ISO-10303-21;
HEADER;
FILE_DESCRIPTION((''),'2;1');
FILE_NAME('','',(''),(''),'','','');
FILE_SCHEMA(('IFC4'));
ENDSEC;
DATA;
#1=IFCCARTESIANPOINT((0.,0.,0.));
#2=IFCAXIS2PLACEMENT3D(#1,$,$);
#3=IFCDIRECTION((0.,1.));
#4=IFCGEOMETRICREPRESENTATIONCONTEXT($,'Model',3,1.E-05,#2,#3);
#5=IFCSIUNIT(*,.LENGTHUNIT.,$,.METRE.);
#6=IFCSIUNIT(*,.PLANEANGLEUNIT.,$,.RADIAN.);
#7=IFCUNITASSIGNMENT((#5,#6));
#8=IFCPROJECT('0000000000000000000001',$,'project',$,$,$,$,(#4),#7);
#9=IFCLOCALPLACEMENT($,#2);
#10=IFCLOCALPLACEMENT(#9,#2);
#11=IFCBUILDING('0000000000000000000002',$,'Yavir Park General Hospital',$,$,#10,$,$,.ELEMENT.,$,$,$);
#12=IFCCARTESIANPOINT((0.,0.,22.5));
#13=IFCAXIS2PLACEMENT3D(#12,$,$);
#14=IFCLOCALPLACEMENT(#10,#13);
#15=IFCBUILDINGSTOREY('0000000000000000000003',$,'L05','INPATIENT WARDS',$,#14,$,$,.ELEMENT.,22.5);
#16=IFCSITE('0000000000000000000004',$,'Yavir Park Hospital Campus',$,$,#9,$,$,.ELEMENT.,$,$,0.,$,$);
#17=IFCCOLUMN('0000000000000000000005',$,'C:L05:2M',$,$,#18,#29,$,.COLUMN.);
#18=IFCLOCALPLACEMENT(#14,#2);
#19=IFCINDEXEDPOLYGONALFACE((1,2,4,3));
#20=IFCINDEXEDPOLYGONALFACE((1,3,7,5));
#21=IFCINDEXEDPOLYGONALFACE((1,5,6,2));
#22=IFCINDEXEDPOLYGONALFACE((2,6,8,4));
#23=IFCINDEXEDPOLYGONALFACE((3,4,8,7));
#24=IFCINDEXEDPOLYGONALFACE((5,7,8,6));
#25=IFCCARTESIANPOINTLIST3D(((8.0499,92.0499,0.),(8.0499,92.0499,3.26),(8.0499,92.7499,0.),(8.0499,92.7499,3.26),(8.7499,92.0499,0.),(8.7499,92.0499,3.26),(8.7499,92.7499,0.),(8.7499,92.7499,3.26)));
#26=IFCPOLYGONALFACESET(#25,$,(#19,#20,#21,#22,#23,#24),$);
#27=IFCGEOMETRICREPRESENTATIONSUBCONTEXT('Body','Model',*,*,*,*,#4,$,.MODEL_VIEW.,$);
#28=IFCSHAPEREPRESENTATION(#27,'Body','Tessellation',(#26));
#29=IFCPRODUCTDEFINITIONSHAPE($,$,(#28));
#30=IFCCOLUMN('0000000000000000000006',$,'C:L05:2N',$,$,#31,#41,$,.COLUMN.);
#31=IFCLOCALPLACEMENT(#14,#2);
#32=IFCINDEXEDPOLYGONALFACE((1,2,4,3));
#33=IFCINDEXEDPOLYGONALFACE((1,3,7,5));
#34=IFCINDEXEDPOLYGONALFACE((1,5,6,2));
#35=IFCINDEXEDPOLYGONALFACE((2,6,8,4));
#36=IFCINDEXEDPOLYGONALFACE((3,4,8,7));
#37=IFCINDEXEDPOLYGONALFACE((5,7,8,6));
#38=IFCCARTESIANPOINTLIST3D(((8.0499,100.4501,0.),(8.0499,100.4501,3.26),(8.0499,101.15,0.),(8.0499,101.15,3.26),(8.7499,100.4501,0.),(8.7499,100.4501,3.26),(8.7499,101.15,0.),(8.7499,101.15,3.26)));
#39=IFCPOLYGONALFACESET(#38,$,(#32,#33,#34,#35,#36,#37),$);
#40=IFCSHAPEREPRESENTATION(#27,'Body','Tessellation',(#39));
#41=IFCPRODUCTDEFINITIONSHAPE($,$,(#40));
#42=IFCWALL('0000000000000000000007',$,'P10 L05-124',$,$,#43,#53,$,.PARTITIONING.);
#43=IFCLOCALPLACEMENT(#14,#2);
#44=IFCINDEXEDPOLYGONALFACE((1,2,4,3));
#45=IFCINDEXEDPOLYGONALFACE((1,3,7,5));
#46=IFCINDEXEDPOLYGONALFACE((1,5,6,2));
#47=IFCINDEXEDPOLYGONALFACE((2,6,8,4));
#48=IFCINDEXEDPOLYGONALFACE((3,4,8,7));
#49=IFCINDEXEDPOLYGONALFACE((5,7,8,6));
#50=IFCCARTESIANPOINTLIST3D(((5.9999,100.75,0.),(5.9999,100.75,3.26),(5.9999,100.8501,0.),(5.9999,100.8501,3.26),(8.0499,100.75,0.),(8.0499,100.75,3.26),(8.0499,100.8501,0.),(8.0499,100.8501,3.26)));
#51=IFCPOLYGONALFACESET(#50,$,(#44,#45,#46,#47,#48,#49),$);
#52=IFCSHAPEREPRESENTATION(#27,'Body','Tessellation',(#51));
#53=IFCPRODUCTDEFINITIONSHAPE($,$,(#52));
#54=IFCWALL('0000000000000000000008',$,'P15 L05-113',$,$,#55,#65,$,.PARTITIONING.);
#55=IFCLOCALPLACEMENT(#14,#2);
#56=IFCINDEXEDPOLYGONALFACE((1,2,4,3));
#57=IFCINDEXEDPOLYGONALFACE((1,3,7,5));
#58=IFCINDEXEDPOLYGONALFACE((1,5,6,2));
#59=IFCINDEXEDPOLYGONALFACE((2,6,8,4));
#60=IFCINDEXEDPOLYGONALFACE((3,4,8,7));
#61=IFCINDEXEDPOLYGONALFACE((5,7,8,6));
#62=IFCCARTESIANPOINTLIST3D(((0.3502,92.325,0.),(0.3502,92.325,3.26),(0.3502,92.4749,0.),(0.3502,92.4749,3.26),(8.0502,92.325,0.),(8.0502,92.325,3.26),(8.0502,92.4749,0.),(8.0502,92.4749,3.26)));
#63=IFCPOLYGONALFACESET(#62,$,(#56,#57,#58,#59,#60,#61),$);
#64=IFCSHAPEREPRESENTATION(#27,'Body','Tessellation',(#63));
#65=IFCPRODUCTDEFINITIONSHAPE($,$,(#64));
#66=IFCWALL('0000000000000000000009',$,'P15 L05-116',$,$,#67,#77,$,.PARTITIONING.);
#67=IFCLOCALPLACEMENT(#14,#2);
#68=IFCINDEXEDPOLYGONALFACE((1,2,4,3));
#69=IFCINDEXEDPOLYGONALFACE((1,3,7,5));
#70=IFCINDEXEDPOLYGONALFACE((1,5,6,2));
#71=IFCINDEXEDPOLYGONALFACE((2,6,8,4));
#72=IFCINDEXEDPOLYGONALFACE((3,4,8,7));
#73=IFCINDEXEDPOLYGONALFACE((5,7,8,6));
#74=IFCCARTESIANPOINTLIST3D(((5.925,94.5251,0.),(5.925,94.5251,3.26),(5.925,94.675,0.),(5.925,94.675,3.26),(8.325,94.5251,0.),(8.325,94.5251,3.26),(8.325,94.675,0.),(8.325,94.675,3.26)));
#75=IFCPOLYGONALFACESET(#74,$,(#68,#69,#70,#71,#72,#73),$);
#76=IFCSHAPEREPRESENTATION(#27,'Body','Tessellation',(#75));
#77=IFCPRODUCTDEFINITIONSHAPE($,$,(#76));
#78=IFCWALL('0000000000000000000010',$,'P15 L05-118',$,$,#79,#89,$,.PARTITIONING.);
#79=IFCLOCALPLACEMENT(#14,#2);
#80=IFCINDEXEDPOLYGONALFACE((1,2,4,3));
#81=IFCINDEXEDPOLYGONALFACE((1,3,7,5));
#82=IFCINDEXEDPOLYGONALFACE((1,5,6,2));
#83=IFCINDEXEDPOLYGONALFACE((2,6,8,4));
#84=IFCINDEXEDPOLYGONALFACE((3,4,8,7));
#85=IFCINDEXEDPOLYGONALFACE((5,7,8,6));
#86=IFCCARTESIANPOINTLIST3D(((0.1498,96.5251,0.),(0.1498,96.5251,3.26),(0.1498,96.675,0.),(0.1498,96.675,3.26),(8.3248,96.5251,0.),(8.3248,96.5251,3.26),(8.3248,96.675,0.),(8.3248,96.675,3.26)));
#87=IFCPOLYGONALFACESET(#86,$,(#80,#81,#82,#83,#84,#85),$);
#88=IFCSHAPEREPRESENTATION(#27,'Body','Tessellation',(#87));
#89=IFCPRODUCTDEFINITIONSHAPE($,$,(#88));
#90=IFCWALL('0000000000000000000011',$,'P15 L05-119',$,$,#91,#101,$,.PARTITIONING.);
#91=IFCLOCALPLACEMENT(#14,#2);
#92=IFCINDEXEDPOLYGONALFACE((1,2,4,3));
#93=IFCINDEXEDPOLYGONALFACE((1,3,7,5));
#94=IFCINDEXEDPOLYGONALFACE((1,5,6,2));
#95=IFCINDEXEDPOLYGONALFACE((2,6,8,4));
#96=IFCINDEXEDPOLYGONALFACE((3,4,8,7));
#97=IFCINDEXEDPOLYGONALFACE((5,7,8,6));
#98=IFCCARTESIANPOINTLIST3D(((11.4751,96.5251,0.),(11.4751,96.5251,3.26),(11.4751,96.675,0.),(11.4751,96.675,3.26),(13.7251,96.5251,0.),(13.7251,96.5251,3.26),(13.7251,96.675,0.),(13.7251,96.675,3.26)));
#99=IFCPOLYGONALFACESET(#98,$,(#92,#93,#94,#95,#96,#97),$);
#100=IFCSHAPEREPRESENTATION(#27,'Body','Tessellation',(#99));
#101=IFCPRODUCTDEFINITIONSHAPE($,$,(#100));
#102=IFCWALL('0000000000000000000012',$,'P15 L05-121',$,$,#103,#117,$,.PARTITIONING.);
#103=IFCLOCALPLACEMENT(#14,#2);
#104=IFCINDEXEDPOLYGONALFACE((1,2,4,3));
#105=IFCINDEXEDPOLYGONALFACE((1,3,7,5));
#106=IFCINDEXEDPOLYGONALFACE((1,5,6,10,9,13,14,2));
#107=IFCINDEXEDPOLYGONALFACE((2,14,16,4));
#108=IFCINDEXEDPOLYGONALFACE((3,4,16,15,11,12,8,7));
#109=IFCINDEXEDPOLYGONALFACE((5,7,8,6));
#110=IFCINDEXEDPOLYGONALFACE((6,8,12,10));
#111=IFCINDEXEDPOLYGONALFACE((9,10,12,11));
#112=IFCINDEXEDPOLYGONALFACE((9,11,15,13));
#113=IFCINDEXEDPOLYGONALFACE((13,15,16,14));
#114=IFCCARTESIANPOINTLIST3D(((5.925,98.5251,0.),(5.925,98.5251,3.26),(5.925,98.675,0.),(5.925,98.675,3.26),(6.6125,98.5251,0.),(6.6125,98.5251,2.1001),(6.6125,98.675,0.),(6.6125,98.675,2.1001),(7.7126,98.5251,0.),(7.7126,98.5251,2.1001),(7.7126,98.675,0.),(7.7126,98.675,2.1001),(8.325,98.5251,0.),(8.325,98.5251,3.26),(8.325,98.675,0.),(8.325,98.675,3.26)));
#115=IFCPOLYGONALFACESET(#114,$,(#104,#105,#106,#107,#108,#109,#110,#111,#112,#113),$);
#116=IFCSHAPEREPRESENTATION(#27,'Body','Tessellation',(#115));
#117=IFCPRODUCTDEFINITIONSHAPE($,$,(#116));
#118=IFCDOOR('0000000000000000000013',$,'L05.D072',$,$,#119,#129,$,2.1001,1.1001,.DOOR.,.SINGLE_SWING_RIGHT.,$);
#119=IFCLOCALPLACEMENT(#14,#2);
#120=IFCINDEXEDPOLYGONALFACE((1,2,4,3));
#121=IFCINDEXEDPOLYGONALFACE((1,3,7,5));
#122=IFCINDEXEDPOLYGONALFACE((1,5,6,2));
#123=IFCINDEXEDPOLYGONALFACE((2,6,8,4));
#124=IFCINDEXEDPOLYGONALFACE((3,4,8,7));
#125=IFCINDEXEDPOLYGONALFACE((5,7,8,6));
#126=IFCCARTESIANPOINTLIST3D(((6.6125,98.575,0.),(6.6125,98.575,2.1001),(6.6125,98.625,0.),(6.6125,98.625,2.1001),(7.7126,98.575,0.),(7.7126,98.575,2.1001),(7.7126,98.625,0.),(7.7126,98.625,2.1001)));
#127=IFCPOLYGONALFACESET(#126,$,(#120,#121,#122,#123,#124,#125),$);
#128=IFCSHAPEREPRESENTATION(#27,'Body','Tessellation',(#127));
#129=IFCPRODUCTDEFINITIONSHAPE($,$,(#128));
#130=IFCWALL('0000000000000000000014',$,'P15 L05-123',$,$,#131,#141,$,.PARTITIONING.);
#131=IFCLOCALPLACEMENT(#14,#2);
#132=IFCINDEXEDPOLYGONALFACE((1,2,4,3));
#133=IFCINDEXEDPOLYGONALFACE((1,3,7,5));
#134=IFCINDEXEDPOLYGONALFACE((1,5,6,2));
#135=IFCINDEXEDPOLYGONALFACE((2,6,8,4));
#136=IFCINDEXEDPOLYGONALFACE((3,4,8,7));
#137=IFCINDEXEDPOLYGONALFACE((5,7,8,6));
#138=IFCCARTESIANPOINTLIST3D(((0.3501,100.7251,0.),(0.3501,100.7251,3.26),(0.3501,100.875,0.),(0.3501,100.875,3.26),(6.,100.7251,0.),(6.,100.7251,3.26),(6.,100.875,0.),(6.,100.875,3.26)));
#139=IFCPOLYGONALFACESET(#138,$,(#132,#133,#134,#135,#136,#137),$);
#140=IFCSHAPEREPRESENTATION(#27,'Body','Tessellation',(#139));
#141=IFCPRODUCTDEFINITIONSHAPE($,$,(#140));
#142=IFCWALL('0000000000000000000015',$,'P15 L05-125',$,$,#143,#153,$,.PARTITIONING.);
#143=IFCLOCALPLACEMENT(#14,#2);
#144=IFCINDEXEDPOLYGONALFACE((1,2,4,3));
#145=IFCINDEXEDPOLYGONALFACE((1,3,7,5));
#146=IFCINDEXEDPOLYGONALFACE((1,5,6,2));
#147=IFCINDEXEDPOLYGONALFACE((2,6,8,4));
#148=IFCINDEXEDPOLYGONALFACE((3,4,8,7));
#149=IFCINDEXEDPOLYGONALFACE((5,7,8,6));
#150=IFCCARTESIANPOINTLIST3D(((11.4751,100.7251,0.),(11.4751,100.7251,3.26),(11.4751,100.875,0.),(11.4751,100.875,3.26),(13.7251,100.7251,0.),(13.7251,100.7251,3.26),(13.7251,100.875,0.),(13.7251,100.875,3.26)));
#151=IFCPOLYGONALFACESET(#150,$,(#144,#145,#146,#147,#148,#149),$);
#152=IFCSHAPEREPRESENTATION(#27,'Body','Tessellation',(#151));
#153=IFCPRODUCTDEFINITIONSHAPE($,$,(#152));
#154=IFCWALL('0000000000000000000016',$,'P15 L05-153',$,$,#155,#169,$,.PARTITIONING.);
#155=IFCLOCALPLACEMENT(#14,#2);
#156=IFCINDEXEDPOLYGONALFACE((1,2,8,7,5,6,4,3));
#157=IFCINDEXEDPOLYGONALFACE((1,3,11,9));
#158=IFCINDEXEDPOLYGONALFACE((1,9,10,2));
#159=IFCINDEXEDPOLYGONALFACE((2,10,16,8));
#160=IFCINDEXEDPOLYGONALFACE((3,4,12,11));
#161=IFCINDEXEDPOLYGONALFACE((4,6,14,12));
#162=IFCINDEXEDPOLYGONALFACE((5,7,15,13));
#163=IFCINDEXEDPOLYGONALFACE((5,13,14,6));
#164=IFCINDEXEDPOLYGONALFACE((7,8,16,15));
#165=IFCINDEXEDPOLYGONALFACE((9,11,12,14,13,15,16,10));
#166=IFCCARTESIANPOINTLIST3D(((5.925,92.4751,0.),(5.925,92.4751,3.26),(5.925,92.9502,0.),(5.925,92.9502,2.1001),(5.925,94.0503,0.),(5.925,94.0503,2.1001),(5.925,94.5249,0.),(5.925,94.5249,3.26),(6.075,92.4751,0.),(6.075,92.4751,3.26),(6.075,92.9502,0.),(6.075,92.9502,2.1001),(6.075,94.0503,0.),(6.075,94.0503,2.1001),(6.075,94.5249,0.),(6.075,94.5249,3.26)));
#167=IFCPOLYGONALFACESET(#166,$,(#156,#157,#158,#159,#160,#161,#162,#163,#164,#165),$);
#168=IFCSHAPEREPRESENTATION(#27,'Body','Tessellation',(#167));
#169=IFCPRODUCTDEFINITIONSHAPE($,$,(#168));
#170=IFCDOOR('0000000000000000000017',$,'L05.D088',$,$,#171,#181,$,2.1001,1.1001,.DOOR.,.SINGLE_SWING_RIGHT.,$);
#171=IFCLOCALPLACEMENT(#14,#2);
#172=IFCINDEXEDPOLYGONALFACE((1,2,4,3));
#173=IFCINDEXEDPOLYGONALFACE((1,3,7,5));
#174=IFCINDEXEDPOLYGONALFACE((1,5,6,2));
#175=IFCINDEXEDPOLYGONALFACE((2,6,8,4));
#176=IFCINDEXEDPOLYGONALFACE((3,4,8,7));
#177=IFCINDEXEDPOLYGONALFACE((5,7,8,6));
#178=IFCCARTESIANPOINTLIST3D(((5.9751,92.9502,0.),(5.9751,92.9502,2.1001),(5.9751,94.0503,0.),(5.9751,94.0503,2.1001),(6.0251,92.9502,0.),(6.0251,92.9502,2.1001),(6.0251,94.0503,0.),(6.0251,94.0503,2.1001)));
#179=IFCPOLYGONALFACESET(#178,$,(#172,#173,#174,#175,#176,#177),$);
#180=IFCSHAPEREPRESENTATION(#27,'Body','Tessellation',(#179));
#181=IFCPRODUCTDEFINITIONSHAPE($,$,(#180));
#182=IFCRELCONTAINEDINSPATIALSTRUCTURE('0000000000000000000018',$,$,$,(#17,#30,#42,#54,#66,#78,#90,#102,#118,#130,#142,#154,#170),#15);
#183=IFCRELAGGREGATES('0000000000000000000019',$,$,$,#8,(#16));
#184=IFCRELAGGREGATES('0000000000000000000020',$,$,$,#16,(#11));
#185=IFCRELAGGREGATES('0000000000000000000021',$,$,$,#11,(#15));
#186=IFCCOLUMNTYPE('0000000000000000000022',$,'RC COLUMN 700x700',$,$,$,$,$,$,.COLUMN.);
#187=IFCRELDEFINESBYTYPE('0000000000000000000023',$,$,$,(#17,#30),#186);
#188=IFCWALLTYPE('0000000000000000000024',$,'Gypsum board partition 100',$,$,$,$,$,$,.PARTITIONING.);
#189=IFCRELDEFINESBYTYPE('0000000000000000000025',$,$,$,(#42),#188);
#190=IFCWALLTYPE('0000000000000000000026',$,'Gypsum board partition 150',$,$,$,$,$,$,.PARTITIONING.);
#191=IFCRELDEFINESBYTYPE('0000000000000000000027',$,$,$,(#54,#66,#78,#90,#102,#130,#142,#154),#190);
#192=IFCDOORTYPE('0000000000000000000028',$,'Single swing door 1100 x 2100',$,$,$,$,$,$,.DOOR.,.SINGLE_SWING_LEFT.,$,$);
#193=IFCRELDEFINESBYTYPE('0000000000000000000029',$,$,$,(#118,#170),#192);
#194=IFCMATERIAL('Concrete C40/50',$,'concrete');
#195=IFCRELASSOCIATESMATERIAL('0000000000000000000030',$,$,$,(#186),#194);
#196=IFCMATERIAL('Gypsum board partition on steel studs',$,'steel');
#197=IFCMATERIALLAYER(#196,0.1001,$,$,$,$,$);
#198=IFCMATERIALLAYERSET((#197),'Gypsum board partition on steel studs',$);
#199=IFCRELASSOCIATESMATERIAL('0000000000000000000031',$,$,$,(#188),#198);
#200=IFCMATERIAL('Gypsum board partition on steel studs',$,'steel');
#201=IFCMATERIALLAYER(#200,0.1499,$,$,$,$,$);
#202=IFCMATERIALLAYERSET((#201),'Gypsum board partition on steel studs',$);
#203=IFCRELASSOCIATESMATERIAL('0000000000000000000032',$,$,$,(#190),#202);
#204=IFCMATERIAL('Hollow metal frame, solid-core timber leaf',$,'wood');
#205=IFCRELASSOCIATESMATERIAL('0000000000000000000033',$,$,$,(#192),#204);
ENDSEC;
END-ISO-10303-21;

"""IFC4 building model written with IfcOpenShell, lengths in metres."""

from ifc_helpers import new_model, si_unit, direction, frame, frame_2d, origin, origin_2d, place, context, subcontext, project, spatial, rectangle, extrude, material, layer, layer_set, material_profile, profile_set, type_object, element, fill, save


model = new_model("IFC4")

# Units and contexts
model_context = context("Model", 3, precision=1e-05, world=origin(), true_north=direction((0.0, 1.0)))
body_context = subcontext(model_context, "Body", "Model", "MODEL_VIEW")
ifc_project = project(units=[si_unit("LENGTHUNIT", "METRE"), si_unit("PLANEANGLEUNIT", "RADIAN")], contexts=[model_context])

# Site, building, storey
site_placement = place(None, origin())
site = spatial("IfcSite", under=ifc_project, at=site_placement, Name="Yavir Park Hospital Campus", CompositionType="ELEMENT", RefElevation=0.0)
building_placement = place(site_placement, origin())
building = spatial("IfcBuilding", under=site, at=building_placement, Name="Yavir Park General Hospital", CompositionType="ELEMENT")
storey_placement = place(building_placement, frame((0.0, 0.0, 22.5)))
storey = spatial("IfcBuildingStorey", under=building, at=storey_placement, Name="L05", Description="INPATIENT WARDS", CompositionType="ELEMENT", Elevation=22.5)

# Columns
ifc_material_1 = material(Name="Concrete C40/50", Category="concrete")
ifc_material_profile = material_profile(ifc_material_1, rectangle(XDim=0.7, YDim=0.7, at=origin_2d()), Name="RC700x700")
ifc_profile_set = profile_set([ifc_material_profile], Name="Concrete C40/50")
column_type = type_object("IfcColumnType", Name="RC COLUMN 700x700", PredefinedType="COLUMN", material=ifc_profile_set)
for number, where, z_axis, x_axis, name in (
    (1, (8.3999, 92.3999, 0.0), (0.0, 0.0, 1.0), (1.0, 0.0, 0.0), "C:L05:2M"),
    (2, (8.3999, 100.8, 0.0), (0.0, 0.0, 1.0), (1.0, 0.0, 0.0), "C:L05:2N"),
):
    element("IfcColumn", number, at=place(storey_placement, frame(where, z_axis=z_axis, x_axis=x_axis)), inside=storey, type_object=column_type, Name=name, PredefinedType="COLUMN", context=body_context, shape_type="SweptSolid", body=[
        extrude(rectangle(XDim=0.7, YDim=0.7, at=origin_2d()), origin(), (0.0, 0.0, 1.0), 3.26),
    ])

# Walls
ifc_material_2 = material(Name="Gypsum board partition on steel studs", Category="steel")
ifc_layer_1 = layer(ifc_material_2, 0.1001)
ifc_layer_set_1 = layer_set([ifc_layer_1], Name="Gypsum board partition on steel studs")
wall_type_1 = type_object("IfcWallType", Name="Gypsum board partition 100", PredefinedType="PARTITIONING", material=ifc_layer_set_1)
wall_1_placement = place(storey_placement, frame((6.0, 100.8, 0.0), z_axis=(0.0, 0.0, 1.0), x_axis=(1.0, 0.0, 0.0)))
element("IfcWall", 3, at=wall_1_placement, inside=storey, type_object=wall_type_1, Name="P10 L05-124", PredefinedType="PARTITIONING", context=body_context, shape_type="SweptSolid", body=[
    extrude(rectangle(XDim=2.05, YDim=0.1001, at=frame_2d((1.0249, 0.0))), origin(), (0.0, 0.0, 1.0), 3.26),
])
ifc_material_3 = material(Name="Gypsum board partition on steel studs", Category="steel")
ifc_layer_2 = layer(ifc_material_3, 0.1499)
ifc_layer_set_2 = layer_set([ifc_layer_2], Name="Gypsum board partition on steel studs")
wall_type_2 = type_object("IfcWallType", Name="Gypsum board partition 150", PredefinedType="PARTITIONING", material=ifc_layer_set_2)
wall_2_placement = place(storey_placement, frame((0.3501, 92.3999, 0.0), z_axis=(0.0, 0.0, 1.0), x_axis=(1.0, 0.0, 0.0)))
element("IfcWall", 4, at=wall_2_placement, inside=storey, type_object=wall_type_2, Name="P15 L05-113", PredefinedType="PARTITIONING", context=body_context, shape_type="SweptSolid", body=[
    extrude(rectangle(XDim=7.7, YDim=0.1499, at=frame_2d((3.8501, 0.0))), origin(), (0.0, 0.0, 1.0), 3.26),
])
wall_3_placement = place(storey_placement, frame((5.925, 94.6001, 0.0), z_axis=(0.0, 0.0, 1.0), x_axis=(1.0, 0.0, 0.0)))
element("IfcWall", 5, at=wall_3_placement, inside=storey, type_object=wall_type_2, Name="P15 L05-116", PredefinedType="PARTITIONING", context=body_context, shape_type="SweptSolid", body=[
    extrude(rectangle(XDim=2.3999, YDim=0.1499, at=frame_2d((1.2, 0.0))), origin(), (0.0, 0.0, 1.0), 3.26),
])
wall_4_placement = place(storey_placement, frame((0.1499, 96.6001, 0.0), z_axis=(0.0, 0.0, 1.0), x_axis=(1.0, 0.0, 0.0)))
element("IfcWall", 6, at=wall_4_placement, inside=storey, type_object=wall_type_2, Name="P15 L05-118", PredefinedType="PARTITIONING", context=body_context, shape_type="SweptSolid", body=[
    extrude(rectangle(XDim=8.175, YDim=0.1499, at=frame_2d((4.0874, 0.0))), origin(), (0.0, 0.0, 1.0), 3.26),
])
wall_5_placement = place(storey_placement, frame((11.4751, 96.6001, 0.0), z_axis=(0.0, 0.0, 1.0), x_axis=(1.0, 0.0, 0.0)))
element("IfcWall", 7, at=wall_5_placement, inside=storey, type_object=wall_type_2, Name="P15 L05-119", PredefinedType="PARTITIONING", context=body_context, shape_type="SweptSolid", body=[
    extrude(rectangle(XDim=2.25, YDim=0.1499, at=frame_2d((1.125, 0.0))), origin(), (0.0, 0.0, 1.0), 3.26),
])

# Wall, opening, door
wall_6_placement = place(storey_placement, frame((5.925, 98.6001, 0.0), z_axis=(0.0, 0.0, 1.0), x_axis=(1.0, 0.0, 0.0)))
wall_6 = element("IfcWall", 8, at=wall_6_placement, inside=storey, type_object=wall_type_2, Name="P15 L05-121", PredefinedType="PARTITIONING", context=body_context, shape_type="SweptSolid", body=[
    extrude(rectangle(XDim=2.3999, YDim=0.1499, at=frame_2d((1.2, 0.0))), origin(), (0.0, 0.0, 1.0), 3.26),
])
opening_1_placement = place(wall_6_placement, frame((0.6875, 0.0, 0.0)))
opening_1 = element("IfcOpeningElement", 9, at=opening_1_placement, cuts=wall_6, PredefinedType="OPENING", context=body_context, shape_type="SweptSolid", body=[
    extrude(rectangle(XDim=1.1001, YDim=2.1001, at=frame_2d((0.55, 1.05))), frame((0.0, 0.085, 0.0), z_axis=(0.0, -1.0, 0.0), x_axis=(1.0, 0.0, 0.0)), (0.0, 0.0, 1.0), 0.1699),
])
ifc_material_4 = material(Name="Hollow metal frame, solid-core timber leaf", Category="wood")
door_type_1 = type_object("IfcDoorType", Name="Single swing door 1100 x 2100", OperationType="SINGLE_SWING_LEFT", PredefinedType="DOOR", material=ifc_material_4)
door_1_placement = place(opening_1_placement, origin())
door_1 = element("IfcDoor", 10, at=door_1_placement, inside=storey, type_object=door_type_1, Name="L05.D072", OperationType="SINGLE_SWING_RIGHT", OverallHeight=2.1001, OverallWidth=1.1001, PredefinedType="DOOR", context=body_context, shape_type="SweptSolid", body=[
    extrude(rectangle(XDim=1.1001, YDim=2.1001, at=frame_2d((0.55, 1.05))), frame((0.0, 0.0249, 0.0), z_axis=(0.0, -1.0, 0.0), x_axis=(1.0, 0.0, 0.0)), (0.0, 0.0, 1.0), 0.05),
])
fill(opening_1, door_1)

# Walls
wall_7_placement = place(storey_placement, frame((0.3501, 100.8, 0.0), z_axis=(0.0, 0.0, 1.0), x_axis=(1.0, 0.0, 0.0)))
element("IfcWall", 11, at=wall_7_placement, inside=storey, type_object=wall_type_2, Name="P15 L05-123", PredefinedType="PARTITIONING", context=body_context, shape_type="SweptSolid", body=[
    extrude(rectangle(XDim=5.6499, YDim=0.1499, at=frame_2d((2.825, 0.0))), origin(), (0.0, 0.0, 1.0), 3.26),
])
wall_8_placement = place(storey_placement, frame((11.4751, 100.8, 0.0), z_axis=(0.0, 0.0, 1.0), x_axis=(1.0, 0.0, 0.0)))
element("IfcWall", 12, at=wall_8_placement, inside=storey, type_object=wall_type_2, Name="P15 L05-125", PredefinedType="PARTITIONING", context=body_context, shape_type="SweptSolid", body=[
    extrude(rectangle(XDim=2.25, YDim=0.1499, at=frame_2d((1.125, 0.0))), origin(), (0.0, 0.0, 1.0), 3.26),
])

# Wall, opening, door
wall_9_placement = place(storey_placement, frame((6.0, 92.4751, 0.0), z_axis=(0.0, 0.0, 1.0), x_axis=(0.0, 1.0, 0.0)))
wall_9 = element("IfcWall", 13, at=wall_9_placement, inside=storey, type_object=wall_type_2, Name="P15 L05-153", PredefinedType="PARTITIONING", context=body_context, shape_type="SweptSolid", body=[
    extrude(rectangle(XDim=2.0498, YDim=0.1499, at=frame_2d((1.0249, 0.0))), origin(), (0.0, 0.0, 1.0), 3.26),
])
opening_2_placement = place(wall_9_placement, frame((0.4751, 0.0, 0.0)))
opening_2 = element("IfcOpeningElement", 14, at=opening_2_placement, cuts=wall_9, PredefinedType="OPENING", context=body_context, shape_type="SweptSolid", body=[
    extrude(rectangle(XDim=1.1001, YDim=2.1001, at=frame_2d((0.55, 1.05))), frame((0.0, 0.085, 0.0), z_axis=(0.0, -1.0, 0.0), x_axis=(1.0, 0.0, 0.0)), (0.0, 0.0, 1.0), 0.1699),
])
door_2_placement = place(opening_2_placement, origin())
door_2 = element("IfcDoor", 15, at=door_2_placement, inside=storey, type_object=door_type_1, Name="L05.D088", OperationType="SINGLE_SWING_RIGHT", OverallHeight=2.1001, OverallWidth=1.1001, PredefinedType="DOOR", context=body_context, shape_type="SweptSolid", body=[
    extrude(rectangle(XDim=1.1001, YDim=2.1001, at=frame_2d((0.55, 1.05))), frame((0.0, 0.0249, 0.0), z_axis=(0.0, -1.0, 0.0), x_axis=(1.0, 0.0, 0.0)), (0.0, 0.0, 1.0), 0.05),
])
fill(opening_2, door_2)

save(model, "model.ifc")
